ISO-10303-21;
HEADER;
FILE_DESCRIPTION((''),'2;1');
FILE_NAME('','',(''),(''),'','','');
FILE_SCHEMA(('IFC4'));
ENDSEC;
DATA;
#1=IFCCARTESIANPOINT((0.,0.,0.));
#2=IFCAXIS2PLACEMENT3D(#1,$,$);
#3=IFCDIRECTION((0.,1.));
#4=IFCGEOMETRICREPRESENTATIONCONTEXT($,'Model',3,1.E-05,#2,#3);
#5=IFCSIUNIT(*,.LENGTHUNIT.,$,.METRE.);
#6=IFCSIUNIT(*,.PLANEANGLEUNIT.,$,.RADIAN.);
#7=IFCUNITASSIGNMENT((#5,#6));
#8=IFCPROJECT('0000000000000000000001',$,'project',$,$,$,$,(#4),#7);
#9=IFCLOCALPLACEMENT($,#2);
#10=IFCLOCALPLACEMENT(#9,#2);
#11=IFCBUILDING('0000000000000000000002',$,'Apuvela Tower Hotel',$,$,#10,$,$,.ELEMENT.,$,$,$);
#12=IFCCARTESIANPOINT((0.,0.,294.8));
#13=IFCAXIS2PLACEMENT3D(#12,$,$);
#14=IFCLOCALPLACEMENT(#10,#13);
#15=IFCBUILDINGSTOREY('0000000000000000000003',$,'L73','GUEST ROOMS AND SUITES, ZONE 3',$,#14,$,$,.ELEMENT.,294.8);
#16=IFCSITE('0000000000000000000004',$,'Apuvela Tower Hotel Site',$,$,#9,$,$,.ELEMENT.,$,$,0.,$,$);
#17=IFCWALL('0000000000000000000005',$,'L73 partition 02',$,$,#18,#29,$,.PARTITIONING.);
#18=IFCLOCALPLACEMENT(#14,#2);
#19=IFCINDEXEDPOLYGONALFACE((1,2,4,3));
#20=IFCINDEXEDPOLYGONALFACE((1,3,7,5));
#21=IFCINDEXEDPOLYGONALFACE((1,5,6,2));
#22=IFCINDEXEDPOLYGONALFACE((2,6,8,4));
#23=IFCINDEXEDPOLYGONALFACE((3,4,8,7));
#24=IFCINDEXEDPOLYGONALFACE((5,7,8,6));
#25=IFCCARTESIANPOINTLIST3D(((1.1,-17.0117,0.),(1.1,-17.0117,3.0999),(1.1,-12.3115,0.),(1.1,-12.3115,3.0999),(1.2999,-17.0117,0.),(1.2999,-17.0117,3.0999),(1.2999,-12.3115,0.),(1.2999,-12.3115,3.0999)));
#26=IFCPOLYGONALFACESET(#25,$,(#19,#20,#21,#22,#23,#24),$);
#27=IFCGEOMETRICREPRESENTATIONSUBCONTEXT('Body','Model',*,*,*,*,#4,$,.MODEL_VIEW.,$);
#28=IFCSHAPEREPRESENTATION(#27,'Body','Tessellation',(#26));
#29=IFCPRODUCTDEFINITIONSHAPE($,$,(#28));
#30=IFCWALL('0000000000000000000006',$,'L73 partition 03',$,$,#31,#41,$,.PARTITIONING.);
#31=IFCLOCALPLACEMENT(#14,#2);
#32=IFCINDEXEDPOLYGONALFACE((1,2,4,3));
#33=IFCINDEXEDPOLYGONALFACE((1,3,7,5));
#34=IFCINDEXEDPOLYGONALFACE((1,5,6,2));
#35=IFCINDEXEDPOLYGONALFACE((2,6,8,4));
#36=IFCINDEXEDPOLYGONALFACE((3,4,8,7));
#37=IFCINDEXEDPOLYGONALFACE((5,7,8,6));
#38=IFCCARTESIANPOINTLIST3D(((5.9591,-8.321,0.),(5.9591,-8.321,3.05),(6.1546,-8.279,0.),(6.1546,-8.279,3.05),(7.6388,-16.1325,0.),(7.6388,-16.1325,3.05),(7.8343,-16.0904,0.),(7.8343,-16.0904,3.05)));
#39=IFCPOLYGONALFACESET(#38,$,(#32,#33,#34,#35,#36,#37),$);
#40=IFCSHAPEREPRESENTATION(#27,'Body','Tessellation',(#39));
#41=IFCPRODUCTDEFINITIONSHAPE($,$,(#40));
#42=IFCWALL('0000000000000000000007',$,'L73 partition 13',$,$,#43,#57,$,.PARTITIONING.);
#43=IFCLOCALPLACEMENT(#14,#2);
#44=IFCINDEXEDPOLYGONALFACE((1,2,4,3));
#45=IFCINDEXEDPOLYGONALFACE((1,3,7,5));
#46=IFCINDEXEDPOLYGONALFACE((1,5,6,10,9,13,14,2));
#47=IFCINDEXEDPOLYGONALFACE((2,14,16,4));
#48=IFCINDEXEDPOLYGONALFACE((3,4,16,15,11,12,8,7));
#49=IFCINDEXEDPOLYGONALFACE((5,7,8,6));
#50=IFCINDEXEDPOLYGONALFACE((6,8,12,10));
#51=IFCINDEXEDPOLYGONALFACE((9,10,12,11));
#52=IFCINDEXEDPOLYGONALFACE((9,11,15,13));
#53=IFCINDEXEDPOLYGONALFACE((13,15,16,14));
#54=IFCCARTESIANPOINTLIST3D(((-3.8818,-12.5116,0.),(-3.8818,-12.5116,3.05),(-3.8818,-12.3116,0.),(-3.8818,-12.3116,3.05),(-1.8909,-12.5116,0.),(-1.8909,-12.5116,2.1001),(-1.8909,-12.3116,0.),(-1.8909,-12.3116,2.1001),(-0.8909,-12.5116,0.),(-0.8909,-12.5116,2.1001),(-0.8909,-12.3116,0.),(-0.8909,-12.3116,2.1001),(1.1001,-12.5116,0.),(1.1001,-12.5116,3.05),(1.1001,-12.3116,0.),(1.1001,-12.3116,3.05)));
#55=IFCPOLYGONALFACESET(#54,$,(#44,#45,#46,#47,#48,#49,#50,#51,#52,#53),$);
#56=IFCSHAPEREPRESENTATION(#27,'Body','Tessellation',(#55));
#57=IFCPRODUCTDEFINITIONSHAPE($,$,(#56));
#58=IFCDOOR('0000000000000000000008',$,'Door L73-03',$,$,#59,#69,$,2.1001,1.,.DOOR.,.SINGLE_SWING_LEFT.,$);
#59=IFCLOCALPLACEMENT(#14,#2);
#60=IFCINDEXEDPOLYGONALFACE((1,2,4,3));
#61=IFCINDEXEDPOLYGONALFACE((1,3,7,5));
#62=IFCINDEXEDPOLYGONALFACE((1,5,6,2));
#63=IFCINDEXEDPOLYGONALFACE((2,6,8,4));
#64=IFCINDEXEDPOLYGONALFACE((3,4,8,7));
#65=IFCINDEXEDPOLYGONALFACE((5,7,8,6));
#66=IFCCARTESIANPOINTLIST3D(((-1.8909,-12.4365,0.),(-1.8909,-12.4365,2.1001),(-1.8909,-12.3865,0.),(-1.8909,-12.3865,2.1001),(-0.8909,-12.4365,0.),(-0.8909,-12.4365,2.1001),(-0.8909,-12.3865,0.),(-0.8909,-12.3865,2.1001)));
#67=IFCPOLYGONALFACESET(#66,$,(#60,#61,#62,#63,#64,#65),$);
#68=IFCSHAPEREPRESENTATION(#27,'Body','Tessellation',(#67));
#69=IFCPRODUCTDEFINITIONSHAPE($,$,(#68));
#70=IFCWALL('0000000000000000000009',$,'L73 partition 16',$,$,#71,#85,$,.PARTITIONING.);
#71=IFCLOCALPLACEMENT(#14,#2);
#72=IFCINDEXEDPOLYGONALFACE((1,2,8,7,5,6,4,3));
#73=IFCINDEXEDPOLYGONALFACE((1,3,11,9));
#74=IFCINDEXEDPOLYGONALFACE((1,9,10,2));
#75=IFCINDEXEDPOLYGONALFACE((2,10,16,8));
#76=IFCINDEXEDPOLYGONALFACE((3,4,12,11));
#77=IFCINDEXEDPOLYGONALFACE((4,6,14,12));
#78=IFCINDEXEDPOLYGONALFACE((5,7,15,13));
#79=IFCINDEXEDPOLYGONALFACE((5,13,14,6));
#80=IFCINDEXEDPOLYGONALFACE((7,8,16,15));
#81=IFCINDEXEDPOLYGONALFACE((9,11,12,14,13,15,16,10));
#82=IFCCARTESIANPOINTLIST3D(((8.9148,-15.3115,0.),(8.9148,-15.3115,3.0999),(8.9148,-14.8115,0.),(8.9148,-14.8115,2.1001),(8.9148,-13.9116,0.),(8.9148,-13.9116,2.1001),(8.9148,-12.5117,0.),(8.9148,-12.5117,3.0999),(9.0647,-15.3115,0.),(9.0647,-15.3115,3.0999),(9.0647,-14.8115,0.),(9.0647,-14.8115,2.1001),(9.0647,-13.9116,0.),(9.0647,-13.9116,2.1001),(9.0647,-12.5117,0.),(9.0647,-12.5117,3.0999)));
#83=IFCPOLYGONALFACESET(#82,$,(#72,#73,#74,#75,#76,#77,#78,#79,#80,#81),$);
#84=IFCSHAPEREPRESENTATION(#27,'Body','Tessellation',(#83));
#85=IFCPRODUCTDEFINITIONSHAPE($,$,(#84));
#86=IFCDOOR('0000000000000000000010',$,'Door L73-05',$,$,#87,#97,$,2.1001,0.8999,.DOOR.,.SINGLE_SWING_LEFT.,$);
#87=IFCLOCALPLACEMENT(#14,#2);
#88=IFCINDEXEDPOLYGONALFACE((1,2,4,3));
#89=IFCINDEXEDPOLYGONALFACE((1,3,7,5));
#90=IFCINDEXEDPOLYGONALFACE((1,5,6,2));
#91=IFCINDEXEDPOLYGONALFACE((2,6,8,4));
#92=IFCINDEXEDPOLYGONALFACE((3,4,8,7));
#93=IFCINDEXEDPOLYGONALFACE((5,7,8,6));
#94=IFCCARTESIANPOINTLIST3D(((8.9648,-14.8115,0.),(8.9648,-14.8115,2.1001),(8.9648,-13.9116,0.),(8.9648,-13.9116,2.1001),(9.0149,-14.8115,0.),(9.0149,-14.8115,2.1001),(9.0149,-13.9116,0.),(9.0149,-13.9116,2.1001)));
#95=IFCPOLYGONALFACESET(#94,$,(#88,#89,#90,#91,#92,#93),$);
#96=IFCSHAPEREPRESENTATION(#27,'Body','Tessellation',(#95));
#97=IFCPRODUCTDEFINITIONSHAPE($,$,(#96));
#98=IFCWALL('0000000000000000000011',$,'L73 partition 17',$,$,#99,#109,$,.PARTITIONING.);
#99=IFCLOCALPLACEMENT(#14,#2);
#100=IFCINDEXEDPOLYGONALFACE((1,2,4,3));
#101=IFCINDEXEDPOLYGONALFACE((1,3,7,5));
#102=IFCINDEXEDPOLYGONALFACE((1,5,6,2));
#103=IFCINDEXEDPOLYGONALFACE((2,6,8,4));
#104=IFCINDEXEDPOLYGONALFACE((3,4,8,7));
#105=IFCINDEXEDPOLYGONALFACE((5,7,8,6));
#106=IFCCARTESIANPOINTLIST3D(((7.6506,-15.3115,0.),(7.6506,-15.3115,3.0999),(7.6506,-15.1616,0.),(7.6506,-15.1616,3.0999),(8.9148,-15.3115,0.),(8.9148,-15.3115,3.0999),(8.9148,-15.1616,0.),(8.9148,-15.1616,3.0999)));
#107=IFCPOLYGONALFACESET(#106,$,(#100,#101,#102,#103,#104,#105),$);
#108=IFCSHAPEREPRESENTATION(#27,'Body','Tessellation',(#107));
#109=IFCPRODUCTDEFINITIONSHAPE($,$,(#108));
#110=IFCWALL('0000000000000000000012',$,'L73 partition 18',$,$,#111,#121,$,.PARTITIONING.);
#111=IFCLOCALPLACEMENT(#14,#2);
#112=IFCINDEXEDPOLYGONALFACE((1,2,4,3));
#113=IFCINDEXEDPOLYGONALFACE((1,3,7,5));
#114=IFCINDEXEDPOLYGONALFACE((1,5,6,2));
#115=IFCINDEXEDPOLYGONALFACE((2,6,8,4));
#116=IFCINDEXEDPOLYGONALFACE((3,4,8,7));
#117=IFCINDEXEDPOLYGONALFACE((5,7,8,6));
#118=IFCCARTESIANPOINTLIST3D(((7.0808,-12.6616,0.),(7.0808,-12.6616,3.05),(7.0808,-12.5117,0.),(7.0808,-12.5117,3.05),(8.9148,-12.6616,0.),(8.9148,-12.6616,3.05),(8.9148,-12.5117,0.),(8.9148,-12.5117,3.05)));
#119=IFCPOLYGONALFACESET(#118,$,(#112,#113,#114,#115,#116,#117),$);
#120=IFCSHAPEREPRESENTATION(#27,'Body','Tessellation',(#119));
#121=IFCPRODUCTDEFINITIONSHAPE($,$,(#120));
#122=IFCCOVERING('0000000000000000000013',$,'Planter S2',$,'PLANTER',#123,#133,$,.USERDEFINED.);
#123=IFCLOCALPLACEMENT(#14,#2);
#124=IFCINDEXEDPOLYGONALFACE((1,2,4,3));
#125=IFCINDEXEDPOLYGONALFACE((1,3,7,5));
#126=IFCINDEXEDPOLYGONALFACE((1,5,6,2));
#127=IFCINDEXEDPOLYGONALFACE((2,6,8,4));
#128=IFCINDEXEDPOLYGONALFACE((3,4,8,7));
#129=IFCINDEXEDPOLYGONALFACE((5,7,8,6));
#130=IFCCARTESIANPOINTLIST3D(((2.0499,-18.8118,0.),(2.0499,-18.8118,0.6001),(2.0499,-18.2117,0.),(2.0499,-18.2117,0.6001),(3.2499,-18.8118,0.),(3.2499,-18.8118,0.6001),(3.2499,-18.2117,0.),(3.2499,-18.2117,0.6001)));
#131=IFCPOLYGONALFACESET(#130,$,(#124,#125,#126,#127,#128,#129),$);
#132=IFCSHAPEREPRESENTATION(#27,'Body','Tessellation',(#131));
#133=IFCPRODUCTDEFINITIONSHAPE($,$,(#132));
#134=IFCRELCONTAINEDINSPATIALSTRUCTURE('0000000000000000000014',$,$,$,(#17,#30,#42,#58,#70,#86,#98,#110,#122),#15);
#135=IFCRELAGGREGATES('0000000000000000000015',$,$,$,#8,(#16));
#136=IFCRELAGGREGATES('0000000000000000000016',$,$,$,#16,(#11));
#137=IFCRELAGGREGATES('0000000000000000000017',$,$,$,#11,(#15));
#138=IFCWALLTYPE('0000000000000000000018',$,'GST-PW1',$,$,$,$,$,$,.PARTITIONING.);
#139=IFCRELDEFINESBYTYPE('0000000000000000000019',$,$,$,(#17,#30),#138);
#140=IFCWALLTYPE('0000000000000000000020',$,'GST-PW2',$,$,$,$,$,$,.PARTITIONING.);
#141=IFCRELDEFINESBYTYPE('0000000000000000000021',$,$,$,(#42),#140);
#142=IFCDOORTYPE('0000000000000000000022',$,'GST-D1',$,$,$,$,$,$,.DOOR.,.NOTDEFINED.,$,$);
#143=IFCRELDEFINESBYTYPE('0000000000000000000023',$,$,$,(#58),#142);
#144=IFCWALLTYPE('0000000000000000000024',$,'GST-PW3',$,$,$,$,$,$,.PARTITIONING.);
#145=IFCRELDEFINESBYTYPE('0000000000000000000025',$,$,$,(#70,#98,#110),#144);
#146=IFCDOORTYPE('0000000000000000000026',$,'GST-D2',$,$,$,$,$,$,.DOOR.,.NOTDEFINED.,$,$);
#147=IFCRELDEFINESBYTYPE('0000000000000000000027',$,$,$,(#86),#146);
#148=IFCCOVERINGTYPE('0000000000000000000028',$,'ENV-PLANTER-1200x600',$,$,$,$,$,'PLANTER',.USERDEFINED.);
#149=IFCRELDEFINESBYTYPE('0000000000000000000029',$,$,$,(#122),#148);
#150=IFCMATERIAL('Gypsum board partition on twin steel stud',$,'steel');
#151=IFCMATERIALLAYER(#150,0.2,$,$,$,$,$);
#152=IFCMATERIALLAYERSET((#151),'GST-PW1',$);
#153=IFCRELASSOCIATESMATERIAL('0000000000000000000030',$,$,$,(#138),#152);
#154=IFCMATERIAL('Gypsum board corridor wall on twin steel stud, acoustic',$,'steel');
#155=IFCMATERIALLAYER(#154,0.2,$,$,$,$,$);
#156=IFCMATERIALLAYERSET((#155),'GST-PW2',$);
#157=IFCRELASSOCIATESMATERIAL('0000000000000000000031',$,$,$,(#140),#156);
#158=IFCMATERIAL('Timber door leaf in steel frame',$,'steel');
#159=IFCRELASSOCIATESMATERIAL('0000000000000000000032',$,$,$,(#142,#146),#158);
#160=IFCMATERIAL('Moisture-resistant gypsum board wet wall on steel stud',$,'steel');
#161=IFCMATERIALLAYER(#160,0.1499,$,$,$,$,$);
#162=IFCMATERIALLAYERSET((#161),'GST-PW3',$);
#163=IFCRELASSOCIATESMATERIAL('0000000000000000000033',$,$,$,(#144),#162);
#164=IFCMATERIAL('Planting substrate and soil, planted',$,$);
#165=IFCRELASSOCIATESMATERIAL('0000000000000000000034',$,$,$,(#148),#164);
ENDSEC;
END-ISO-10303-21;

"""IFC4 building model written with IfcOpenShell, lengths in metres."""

from ifc_helpers import new_model, si_unit, direction, frame, frame_2d, origin, origin_2d, place, context, subcontext, project, spatial, rectangle, extrude, material, layer, layer_set, type_object, element, fill, save


model = new_model("IFC4")

# Units and contexts
model_context = context("Model", 3, precision=1e-05, world=origin(), true_north=direction((0.0, 1.0)))
body_context = subcontext(model_context, "Body", "Model", "MODEL_VIEW")
ifc_project = project(units=[si_unit("LENGTHUNIT", "METRE"), si_unit("PLANEANGLEUNIT", "RADIAN")], contexts=[model_context])

# Site, building, storey
site_placement = place(None, origin())
site = spatial("IfcSite", under=ifc_project, at=site_placement, Name="Apuvela Tower Hotel Site", CompositionType="ELEMENT", RefElevation=0.0)
building_placement = place(site_placement, origin())
building = spatial("IfcBuilding", under=site, at=building_placement, Name="Apuvela Tower Hotel", CompositionType="ELEMENT")
storey_placement = place(building_placement, frame((0.0, 0.0, 294.8)))
storey = spatial("IfcBuildingStorey", under=building, at=storey_placement, Name="L73", Description="GUEST ROOMS AND SUITES, ZONE 3", CompositionType="ELEMENT", Elevation=294.8)

# Walls
ifc_material_1 = material(Name="Gypsum board partition on twin steel stud", Category="steel")
ifc_layer_1 = layer(ifc_material_1, 0.2)
ifc_layer_set_1 = layer_set([ifc_layer_1], Name="GST-PW1")
wall_type_1 = type_object("IfcWallType", Name="GST-PW1", PredefinedType="PARTITIONING", material=ifc_layer_set_1)
wall_1_placement = place(storey_placement, frame((1.2, -17.0117, 0.0), z_axis=(0.0, 0.0, 1.0), x_axis=(0.0, 1.0, 0.0)))
element("IfcWall", 1, at=wall_1_placement, inside=storey, type_object=wall_type_1, Name="L73 partition 02", PredefinedType="PARTITIONING", context=body_context, shape_type="SweptSolid", body=[
    extrude(rectangle(XDim=4.7002, YDim=0.2, at=frame_2d((2.3501, 0.0))), origin(), (0.0, 0.0, 1.0), 3.0999),
])
wall_2_placement = place(storey_placement, frame((7.7366, -16.1116, 0.0), z_axis=(0.0, 0.0, 1.0), x_axis=(-0.210222, 0.977654, 0.0)))
element("IfcWall", 2, at=wall_2_placement, inside=storey, type_object=wall_type_1, Name="L73 partition 03", PredefinedType="PARTITIONING", context=body_context, shape_type="SweptSolid", body=[
    extrude(rectangle(XDim=7.99, YDim=0.2, at=frame_2d((3.9951, 0.0))), origin(), (0.0, 0.0, 1.0), 3.05),
])

# Walls, openings, doors
ifc_material_2 = material(Name="Gypsum board corridor wall on twin steel stud, acoustic", Category="steel")
ifc_layer_2 = layer(ifc_material_2, 0.2)
ifc_layer_set_2 = layer_set([ifc_layer_2], Name="GST-PW2")
wall_type_2 = type_object("IfcWallType", Name="GST-PW2", PredefinedType="PARTITIONING", material=ifc_layer_set_2)
wall_3_placement = place(storey_placement, frame((1.1001, -12.4116, 0.0), z_axis=(0.0, 0.0, 1.0), x_axis=(-1.0, 0.0, 0.0)))
wall_3 = element("IfcWall", 3, at=wall_3_placement, inside=storey, type_object=wall_type_2, Name="L73 partition 13", PredefinedType="PARTITIONING", context=body_context, shape_type="SweptSolid", body=[
    extrude(rectangle(XDim=4.9819, YDim=0.2, at=frame_2d((2.491, 0.0))), origin(), (0.0, 0.0, 1.0), 3.05),
])
opening_1_placement = place(wall_3_placement, frame((1.991, 0.0, 0.0)))
opening_1 = element("IfcOpeningElement", 4, at=opening_1_placement, cuts=wall_3, PredefinedType="OPENING", context=body_context, shape_type="SweptSolid", body=[
    extrude(rectangle(XDim=1.0, YDim=2.1001, at=frame_2d((0.5, 1.05))), frame((0.0, 0.1099, 0.0), z_axis=(0.0, -1.0, 0.0), x_axis=(1.0, 0.0, 0.0)), (0.0, 0.0, 1.0), 0.22),
])
ifc_material_3 = material(Name="Timber door leaf in steel frame", Category="steel")
door_type_1 = type_object("IfcDoorType", Name="GST-D1", OperationType="NOTDEFINED", PredefinedType="DOOR", material=ifc_material_3)
door_1_placement = place(opening_1_placement, origin())
door_1 = element("IfcDoor", 5, at=door_1_placement, inside=storey, type_object=door_type_1, Name="Door L73-03", OperationType="SINGLE_SWING_LEFT", OverallHeight=2.1001, OverallWidth=1.0, PredefinedType="DOOR", context=body_context, shape_type="SweptSolid", body=[
    extrude(rectangle(XDim=1.0, YDim=2.1001, at=frame_2d((0.5, 1.05))), frame((0.0, 0.0249, 0.0), z_axis=(0.0, -1.0, 0.0), x_axis=(1.0, 0.0, 0.0)), (0.0, 0.0, 1.0), 0.05),
])
fill(opening_1, door_1)
ifc_material_4 = material(Name="Moisture-resistant gypsum board wet wall on steel stud", Category="steel")
ifc_layer_3 = layer(ifc_material_4, 0.1499)
ifc_layer_set_3 = layer_set([ifc_layer_3], Name="GST-PW3")
wall_type_3 = type_object("IfcWallType", Name="GST-PW3", PredefinedType="PARTITIONING", material=ifc_layer_set_3)
wall_4_placement = place(storey_placement, frame((8.9897, -15.3115, 0.0), z_axis=(0.0, 0.0, 1.0), x_axis=(0.0, 1.0, 0.0)))
wall_4 = element("IfcWall", 6, at=wall_4_placement, inside=storey, type_object=wall_type_3, Name="L73 partition 16", PredefinedType="PARTITIONING", context=body_context, shape_type="SweptSolid", body=[
    extrude(rectangle(XDim=2.7998, YDim=0.1499, at=frame_2d((1.3999, 0.0))), origin(), (0.0, 0.0, 1.0), 3.0999),
])
opening_2_placement = place(wall_4_placement, frame((0.5, 0.0, 0.0)))
opening_2 = element("IfcOpeningElement", 7, at=opening_2_placement, cuts=wall_4, PredefinedType="OPENING", context=body_context, shape_type="SweptSolid", body=[
    extrude(rectangle(XDim=0.8999, YDim=2.1001, at=frame_2d((0.45, 1.05))), frame((0.0, 0.085, 0.0), z_axis=(0.0, -1.0, 0.0), x_axis=(1.0, 0.0, 0.0)), (0.0, 0.0, 1.0), 0.1699),
])
door_type_2 = type_object("IfcDoorType", Name="GST-D2", OperationType="NOTDEFINED", PredefinedType="DOOR", material=ifc_material_3)
door_2_placement = place(opening_2_placement, origin())
door_2 = element("IfcDoor", 8, at=door_2_placement, inside=storey, type_object=door_type_2, Name="Door L73-05", OperationType="SINGLE_SWING_LEFT", OverallHeight=2.1001, OverallWidth=0.8999, PredefinedType="DOOR", context=body_context, shape_type="SweptSolid", body=[
    extrude(rectangle(XDim=0.8999, YDim=2.1001, at=frame_2d((0.45, 1.05))), frame((0.0, 0.0249, 0.0), z_axis=(0.0, -1.0, 0.0), x_axis=(1.0, 0.0, 0.0)), (0.0, 0.0, 1.0), 0.05),
])
fill(opening_2, door_2)

# Walls
wall_5_placement = place(storey_placement, frame((7.6506, -15.2366, 0.0), z_axis=(0.0, 0.0, 1.0), x_axis=(1.0, 0.0, 0.0)))
element("IfcWall", 9, at=wall_5_placement, inside=storey, type_object=wall_type_3, Name="L73 partition 17", PredefinedType="PARTITIONING", context=body_context, shape_type="SweptSolid", body=[
    extrude(rectangle(XDim=1.2642, YDim=0.1499, at=frame_2d((0.6321, 0.0))), origin(), (0.0, 0.0, 1.0), 3.0999),
])
wall_6_placement = place(storey_placement, frame((7.0808, -12.5867, 0.0), z_axis=(0.0, 0.0, 1.0), x_axis=(1.0, 0.0, 0.0)))
element("IfcWall", 10, at=wall_6_placement, inside=storey, type_object=wall_type_3, Name="L73 partition 18", PredefinedType="PARTITIONING", context=body_context, shape_type="SweptSolid", body=[
    extrude(rectangle(XDim=1.834, YDim=0.1499, at=frame_2d((0.917, 0.0))), origin(), (0.0, 0.0, 1.0), 3.05),
])

# Covering
ifc_material_5 = material(Name="Planting substrate and soil, planted")
covering_type = type_object("IfcCoveringType", Name="ENV-PLANTER-1200x600", ElementType="PLANTER", PredefinedType="USERDEFINED", material=ifc_material_5)
covering_placement = place(storey_placement, frame((2.6499, -18.5117, 0.0), z_axis=(0.0, 0.0, 1.0), x_axis=(1.0, 0.0, 0.0)))
element("IfcCovering", 11, at=covering_placement, inside=storey, type_object=covering_type, Name="Planter S2", ObjectType="PLANTER", PredefinedType="USERDEFINED", context=body_context, shape_type="SweptSolid", body=[
    extrude(rectangle(XDim=1.2, YDim=0.6001, at=origin_2d()), origin(), (0.0, 0.0, 1.0), 0.6001),
])

save(model, "model.ifc")
